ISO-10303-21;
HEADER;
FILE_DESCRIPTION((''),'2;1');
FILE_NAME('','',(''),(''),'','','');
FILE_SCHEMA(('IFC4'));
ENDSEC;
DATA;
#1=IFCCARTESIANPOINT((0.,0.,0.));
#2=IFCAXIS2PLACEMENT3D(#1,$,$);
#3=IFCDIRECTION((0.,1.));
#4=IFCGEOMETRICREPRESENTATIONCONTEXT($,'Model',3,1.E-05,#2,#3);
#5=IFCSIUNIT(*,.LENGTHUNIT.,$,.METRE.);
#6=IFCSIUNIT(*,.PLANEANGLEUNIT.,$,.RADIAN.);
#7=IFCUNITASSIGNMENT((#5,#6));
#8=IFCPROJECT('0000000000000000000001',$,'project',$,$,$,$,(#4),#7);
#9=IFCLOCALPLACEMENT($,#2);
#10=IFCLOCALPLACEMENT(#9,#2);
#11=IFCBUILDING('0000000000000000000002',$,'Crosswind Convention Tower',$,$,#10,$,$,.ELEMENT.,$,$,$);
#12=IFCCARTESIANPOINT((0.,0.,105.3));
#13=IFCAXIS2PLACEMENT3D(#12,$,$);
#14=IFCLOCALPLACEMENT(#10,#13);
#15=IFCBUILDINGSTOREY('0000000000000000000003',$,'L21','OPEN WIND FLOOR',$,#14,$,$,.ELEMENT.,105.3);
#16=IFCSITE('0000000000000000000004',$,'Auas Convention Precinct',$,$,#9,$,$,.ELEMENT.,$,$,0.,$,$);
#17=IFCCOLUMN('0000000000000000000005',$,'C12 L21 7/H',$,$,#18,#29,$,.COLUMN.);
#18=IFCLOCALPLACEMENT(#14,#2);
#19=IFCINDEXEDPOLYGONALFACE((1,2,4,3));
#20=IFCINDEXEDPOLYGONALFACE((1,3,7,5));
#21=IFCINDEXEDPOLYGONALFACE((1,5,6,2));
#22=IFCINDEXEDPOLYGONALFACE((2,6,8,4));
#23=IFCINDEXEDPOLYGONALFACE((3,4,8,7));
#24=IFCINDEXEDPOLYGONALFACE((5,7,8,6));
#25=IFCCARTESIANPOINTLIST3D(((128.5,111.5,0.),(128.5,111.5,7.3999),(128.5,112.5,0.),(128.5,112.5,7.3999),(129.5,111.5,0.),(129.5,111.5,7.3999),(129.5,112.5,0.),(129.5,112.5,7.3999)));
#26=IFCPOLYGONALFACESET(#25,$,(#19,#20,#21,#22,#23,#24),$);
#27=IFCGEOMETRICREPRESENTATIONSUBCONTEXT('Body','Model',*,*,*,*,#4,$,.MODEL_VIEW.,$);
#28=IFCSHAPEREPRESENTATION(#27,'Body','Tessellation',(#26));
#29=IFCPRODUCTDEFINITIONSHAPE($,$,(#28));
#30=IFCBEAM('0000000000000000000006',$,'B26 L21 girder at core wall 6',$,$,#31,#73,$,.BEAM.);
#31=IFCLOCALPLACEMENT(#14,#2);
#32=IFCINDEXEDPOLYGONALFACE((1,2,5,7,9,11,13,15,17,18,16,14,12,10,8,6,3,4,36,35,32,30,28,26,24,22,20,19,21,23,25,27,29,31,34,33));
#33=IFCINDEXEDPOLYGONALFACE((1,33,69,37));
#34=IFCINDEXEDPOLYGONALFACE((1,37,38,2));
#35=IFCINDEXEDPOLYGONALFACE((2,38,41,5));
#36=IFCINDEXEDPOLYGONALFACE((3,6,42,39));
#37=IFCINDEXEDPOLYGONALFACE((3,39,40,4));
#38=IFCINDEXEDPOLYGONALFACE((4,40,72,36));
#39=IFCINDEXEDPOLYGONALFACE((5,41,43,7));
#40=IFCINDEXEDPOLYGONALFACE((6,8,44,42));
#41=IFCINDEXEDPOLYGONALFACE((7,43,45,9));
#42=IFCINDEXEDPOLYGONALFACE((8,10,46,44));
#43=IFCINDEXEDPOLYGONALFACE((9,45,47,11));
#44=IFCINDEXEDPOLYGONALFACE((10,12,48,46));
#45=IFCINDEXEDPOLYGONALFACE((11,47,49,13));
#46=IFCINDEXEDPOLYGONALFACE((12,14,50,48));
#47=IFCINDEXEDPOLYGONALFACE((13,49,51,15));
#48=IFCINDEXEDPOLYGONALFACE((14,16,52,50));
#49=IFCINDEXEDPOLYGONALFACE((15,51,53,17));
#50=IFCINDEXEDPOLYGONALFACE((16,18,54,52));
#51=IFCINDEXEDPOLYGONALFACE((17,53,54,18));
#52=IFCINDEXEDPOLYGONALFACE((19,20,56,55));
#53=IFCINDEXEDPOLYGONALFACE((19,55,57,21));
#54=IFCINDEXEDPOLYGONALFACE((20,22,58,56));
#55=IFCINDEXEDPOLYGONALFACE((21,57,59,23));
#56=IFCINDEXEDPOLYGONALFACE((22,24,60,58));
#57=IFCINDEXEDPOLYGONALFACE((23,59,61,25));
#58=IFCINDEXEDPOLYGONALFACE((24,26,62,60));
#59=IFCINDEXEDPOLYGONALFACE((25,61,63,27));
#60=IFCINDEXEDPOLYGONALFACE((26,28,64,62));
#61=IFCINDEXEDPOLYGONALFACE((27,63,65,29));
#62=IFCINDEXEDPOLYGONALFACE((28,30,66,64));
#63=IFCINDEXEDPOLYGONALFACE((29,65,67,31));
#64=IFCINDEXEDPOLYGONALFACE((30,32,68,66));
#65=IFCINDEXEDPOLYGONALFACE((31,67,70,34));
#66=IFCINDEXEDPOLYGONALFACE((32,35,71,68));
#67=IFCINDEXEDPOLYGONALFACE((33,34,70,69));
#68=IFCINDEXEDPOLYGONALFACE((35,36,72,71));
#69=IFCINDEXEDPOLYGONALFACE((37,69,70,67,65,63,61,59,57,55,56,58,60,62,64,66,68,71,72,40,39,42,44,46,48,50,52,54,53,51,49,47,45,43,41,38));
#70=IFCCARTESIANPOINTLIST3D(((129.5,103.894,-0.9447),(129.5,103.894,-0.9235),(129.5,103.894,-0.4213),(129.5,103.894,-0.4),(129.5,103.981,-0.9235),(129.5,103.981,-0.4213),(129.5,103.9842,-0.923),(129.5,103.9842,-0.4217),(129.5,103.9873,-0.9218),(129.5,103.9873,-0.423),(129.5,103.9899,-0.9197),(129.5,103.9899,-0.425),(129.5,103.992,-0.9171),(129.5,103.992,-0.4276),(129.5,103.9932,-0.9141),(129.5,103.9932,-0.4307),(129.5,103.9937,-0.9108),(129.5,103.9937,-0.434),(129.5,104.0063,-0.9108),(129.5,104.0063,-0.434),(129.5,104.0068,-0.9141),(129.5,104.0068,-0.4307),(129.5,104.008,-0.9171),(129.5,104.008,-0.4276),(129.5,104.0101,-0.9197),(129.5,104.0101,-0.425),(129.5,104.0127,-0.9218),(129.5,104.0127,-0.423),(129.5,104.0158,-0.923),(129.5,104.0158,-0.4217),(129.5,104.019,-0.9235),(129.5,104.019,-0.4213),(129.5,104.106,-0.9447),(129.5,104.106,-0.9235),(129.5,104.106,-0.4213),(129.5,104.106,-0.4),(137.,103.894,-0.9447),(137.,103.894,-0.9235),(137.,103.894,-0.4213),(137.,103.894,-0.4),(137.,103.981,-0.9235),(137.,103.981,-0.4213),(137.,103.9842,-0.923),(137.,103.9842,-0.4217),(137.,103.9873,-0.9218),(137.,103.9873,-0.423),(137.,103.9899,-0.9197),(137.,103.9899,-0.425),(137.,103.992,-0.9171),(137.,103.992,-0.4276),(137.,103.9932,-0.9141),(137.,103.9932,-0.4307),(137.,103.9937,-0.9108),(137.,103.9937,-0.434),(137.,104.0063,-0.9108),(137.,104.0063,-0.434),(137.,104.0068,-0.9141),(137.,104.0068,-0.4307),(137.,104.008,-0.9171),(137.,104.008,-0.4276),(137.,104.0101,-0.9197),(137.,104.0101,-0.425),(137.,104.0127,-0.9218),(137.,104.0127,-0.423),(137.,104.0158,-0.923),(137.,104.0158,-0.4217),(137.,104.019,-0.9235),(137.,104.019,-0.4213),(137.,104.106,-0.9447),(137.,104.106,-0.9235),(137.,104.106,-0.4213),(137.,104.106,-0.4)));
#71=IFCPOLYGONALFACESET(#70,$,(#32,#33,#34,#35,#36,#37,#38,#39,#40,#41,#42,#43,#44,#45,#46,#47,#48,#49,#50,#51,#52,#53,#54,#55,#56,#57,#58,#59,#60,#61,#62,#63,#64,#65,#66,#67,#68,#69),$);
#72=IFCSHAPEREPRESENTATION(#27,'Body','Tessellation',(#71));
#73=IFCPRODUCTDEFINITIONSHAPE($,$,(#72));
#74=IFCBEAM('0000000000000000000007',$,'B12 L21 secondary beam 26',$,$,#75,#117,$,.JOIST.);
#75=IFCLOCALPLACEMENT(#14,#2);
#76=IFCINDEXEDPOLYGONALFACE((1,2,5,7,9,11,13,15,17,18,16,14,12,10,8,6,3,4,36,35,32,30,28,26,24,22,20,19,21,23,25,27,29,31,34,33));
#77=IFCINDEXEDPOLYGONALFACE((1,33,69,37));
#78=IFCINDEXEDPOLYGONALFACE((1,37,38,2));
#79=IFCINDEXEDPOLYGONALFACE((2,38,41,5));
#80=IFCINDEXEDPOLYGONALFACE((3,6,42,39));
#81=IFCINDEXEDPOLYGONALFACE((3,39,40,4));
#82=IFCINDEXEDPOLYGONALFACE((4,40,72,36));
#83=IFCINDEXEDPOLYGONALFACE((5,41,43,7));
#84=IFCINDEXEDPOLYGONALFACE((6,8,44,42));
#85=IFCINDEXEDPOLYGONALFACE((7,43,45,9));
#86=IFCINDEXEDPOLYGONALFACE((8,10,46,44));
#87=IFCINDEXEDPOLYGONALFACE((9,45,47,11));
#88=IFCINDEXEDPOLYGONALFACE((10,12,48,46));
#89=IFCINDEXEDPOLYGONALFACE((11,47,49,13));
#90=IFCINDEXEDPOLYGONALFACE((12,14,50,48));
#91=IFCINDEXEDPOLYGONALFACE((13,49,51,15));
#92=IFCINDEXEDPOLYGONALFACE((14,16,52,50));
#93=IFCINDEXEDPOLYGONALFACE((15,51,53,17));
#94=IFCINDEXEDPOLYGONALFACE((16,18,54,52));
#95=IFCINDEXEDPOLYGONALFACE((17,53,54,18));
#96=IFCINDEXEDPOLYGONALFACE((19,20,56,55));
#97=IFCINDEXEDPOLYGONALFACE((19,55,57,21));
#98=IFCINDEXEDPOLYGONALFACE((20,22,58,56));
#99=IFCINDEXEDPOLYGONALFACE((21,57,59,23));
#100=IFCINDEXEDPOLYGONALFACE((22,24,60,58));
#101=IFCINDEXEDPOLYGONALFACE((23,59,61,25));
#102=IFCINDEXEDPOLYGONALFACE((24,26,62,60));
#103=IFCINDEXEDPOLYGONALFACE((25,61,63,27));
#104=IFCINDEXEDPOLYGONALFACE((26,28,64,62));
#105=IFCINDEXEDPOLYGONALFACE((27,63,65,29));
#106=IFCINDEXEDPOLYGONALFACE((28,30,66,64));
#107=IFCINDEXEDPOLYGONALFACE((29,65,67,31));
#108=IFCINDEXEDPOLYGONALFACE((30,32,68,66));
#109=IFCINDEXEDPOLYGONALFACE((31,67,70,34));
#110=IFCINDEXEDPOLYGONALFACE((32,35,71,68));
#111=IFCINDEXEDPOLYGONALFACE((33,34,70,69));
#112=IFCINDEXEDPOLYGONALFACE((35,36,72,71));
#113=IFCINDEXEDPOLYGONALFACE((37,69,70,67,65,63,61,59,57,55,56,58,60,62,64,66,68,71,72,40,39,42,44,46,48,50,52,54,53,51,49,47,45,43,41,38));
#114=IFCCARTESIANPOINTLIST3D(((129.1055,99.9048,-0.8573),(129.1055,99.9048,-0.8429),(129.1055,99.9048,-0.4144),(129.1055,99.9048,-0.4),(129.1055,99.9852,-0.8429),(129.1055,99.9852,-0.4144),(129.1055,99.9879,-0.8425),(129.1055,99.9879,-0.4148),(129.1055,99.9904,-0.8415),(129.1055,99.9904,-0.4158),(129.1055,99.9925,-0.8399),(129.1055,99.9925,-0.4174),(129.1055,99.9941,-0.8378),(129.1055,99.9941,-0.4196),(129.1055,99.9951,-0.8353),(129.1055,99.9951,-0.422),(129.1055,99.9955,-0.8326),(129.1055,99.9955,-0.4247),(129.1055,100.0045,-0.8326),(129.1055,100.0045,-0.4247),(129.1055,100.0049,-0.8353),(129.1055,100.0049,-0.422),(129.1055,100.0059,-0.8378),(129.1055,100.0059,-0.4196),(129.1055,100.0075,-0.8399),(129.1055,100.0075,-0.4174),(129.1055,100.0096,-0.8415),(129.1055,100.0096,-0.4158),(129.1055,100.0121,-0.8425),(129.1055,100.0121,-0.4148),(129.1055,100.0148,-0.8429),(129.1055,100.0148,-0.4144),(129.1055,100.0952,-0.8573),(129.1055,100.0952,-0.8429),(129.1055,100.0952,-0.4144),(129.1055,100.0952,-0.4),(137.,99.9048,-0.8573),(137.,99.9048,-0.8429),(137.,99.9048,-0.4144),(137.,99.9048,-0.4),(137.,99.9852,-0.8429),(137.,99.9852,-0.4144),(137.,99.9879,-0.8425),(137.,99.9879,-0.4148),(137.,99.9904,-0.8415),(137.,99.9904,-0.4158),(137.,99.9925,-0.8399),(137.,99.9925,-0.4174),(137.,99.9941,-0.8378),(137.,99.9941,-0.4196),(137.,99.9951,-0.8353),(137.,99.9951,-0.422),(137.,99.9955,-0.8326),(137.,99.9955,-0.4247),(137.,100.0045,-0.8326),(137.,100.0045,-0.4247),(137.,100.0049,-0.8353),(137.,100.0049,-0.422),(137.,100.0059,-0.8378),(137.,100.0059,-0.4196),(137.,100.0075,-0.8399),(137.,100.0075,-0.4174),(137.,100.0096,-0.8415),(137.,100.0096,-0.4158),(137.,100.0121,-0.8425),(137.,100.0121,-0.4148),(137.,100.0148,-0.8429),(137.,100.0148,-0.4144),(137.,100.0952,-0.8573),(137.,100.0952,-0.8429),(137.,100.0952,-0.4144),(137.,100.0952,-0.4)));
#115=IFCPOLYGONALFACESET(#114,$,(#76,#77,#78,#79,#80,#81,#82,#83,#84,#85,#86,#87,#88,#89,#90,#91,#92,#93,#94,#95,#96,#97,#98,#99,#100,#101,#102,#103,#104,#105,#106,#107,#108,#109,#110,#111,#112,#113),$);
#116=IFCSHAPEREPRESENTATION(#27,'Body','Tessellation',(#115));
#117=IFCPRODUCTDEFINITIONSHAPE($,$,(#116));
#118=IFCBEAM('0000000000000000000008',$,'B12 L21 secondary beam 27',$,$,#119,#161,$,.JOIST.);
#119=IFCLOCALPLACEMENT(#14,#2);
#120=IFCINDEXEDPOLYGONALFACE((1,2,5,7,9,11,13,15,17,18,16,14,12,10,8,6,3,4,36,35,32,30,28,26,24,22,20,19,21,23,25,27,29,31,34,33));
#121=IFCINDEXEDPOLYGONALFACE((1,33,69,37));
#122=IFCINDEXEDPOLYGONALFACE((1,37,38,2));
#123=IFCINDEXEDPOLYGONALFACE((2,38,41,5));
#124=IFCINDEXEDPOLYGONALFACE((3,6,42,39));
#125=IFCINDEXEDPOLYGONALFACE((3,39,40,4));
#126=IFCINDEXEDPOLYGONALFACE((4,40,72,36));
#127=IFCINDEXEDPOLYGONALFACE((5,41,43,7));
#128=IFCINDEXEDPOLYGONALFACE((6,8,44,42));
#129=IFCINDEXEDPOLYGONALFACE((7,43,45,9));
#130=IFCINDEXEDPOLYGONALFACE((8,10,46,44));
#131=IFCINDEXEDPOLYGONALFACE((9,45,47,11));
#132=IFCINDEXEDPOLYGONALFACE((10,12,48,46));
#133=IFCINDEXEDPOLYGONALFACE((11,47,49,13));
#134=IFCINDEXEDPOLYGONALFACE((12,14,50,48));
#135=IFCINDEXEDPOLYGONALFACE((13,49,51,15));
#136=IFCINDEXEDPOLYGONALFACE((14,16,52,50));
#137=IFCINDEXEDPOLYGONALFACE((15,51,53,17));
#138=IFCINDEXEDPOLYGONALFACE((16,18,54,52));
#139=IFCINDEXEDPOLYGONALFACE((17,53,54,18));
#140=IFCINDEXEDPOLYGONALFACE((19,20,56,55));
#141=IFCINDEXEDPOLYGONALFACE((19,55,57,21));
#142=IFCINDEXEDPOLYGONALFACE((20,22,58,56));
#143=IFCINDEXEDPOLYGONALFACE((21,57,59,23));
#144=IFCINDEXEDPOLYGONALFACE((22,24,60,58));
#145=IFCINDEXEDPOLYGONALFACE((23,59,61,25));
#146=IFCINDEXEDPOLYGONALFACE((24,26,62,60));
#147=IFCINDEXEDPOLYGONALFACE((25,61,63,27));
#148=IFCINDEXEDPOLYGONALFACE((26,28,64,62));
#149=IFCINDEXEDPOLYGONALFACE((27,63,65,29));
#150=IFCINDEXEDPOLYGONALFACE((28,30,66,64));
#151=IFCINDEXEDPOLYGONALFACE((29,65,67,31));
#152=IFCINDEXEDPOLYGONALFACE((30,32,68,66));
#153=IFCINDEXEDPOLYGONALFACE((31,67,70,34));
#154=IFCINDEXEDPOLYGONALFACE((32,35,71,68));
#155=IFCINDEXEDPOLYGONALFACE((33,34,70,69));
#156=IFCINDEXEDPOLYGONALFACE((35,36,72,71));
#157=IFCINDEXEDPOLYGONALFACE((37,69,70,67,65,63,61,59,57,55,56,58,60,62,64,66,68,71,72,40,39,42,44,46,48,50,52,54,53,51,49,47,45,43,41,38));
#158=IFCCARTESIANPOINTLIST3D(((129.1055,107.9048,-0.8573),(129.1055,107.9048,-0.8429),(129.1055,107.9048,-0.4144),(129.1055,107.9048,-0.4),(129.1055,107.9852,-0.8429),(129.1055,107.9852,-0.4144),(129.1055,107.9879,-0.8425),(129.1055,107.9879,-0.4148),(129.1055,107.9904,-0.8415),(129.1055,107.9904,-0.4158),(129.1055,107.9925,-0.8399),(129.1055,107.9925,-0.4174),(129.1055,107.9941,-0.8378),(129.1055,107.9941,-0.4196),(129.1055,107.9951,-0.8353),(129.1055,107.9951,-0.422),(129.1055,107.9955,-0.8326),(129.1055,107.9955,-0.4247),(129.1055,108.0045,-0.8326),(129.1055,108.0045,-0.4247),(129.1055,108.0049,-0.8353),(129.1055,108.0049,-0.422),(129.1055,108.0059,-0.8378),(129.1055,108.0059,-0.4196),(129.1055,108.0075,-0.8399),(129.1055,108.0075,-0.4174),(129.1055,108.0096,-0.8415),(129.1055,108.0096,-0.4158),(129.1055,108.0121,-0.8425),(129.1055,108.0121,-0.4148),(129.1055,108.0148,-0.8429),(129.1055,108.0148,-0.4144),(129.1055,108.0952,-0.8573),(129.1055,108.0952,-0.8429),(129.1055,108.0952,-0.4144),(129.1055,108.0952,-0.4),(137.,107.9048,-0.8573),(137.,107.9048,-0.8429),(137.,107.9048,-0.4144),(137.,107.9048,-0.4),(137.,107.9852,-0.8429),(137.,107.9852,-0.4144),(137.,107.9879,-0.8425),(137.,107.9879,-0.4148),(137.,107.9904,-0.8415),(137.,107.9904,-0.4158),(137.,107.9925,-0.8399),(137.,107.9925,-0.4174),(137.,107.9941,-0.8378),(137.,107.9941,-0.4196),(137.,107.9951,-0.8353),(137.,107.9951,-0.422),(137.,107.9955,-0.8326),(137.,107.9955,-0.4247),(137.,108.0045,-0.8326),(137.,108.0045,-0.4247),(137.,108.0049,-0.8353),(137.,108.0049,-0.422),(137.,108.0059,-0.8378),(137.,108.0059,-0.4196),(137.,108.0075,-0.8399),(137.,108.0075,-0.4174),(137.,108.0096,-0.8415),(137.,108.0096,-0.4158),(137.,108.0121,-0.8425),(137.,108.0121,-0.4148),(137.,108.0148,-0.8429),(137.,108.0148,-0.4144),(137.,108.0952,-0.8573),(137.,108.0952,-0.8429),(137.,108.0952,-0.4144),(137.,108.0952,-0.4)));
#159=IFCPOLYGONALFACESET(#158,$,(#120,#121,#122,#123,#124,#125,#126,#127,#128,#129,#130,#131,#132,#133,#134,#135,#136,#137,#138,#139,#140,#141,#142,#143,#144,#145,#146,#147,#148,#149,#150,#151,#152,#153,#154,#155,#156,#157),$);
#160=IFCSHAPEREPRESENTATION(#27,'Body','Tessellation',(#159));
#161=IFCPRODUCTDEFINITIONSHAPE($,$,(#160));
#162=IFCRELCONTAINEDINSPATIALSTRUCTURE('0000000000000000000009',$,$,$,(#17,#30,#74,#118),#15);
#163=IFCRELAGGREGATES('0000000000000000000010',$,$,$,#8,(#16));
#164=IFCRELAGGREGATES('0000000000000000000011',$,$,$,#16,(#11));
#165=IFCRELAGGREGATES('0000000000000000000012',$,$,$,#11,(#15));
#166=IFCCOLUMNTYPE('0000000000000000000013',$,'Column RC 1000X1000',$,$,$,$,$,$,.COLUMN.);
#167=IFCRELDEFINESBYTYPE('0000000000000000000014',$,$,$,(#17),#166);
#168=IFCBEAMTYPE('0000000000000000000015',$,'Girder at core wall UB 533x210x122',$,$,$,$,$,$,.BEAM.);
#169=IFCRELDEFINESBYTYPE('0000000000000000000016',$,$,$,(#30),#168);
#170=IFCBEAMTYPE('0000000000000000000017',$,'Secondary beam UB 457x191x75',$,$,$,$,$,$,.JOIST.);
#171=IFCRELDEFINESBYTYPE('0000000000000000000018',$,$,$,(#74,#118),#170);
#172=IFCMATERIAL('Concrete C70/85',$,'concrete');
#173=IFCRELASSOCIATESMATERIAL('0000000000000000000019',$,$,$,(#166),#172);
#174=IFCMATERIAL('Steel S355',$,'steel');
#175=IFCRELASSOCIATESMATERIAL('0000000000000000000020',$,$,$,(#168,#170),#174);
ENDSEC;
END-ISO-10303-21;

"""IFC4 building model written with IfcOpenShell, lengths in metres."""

from ifc_helpers import new_model, si_unit, direction, frame, origin, origin_2d, place, context, subcontext, project, spatial, rectangle, i_section, extrude, material, material_profile, profile_set, type_object, element, save


model = new_model("IFC4")

# Units and contexts
model_context = context("Model", 3, precision=1e-05, world=origin(), true_north=direction((0.0, 1.0)))
body_context = subcontext(model_context, "Body", "Model", "MODEL_VIEW")
ifc_project = project(units=[si_unit("LENGTHUNIT", "METRE"), si_unit("PLANEANGLEUNIT", "RADIAN")], contexts=[model_context])

# Site, building, storey
site_placement = place(None, origin())
site = spatial("IfcSite", under=ifc_project, at=site_placement, Name="Auas Convention Precinct", CompositionType="ELEMENT", RefElevation=0.0)
building_placement = place(site_placement, origin())
building = spatial("IfcBuilding", under=site, at=building_placement, Name="Crosswind Convention Tower", CompositionType="ELEMENT")
storey_placement = place(building_placement, frame((0.0, 0.0, 105.3)))
storey = spatial("IfcBuildingStorey", under=building, at=storey_placement, Name="L21", Description="OPEN WIND FLOOR", CompositionType="ELEMENT", Elevation=105.3)

# Column
ifc_material_1 = material(Name="Concrete C70/85", Category="concrete")
ifc_material_profile_1 = material_profile(ifc_material_1, rectangle(XDim=1.0, YDim=1.0, at=origin_2d()), Name="RC 1000X1000")
ifc_profile_set_1 = profile_set([ifc_material_profile_1], Name="Concrete C70/85")
column_type = type_object("IfcColumnType", Name="Column RC 1000X1000", PredefinedType="COLUMN", material=ifc_profile_set_1)
column_placement = place(storey_placement, frame((129.0, 112.0, 0.0), z_axis=(0.0, 0.0, 1.0), x_axis=(1.0, 0.0, 0.0)))
element("IfcColumn", 1, at=column_placement, inside=storey, type_object=column_type, Name="C12 L21 7/H", PredefinedType="COLUMN", context=body_context, shape_type="SweptSolid", body=[
    extrude(rectangle(XDim=1.0, YDim=1.0, at=origin_2d()), origin(), (0.0, 0.0, 1.0), 7.3999),
])

# Beams
ifc_material_2 = material(Name="Steel S355", Category="steel")
ifc_material_profile_2 = material_profile(ifc_material_2, i_section(OverallWidth=0.2119, OverallDepth=0.5447, WebThickness=0.0127, FlangeThickness=0.0212, FilletRadius=0.0127, at=origin_2d()), Name="UB 533x210x122")
ifc_profile_set_2 = profile_set([ifc_material_profile_2], Name="Steel S355")
beam_type_1 = type_object("IfcBeamType", Name="Girder at core wall UB 533x210x122", PredefinedType="BEAM", material=ifc_profile_set_2)
beam_placement = place(storey_placement, frame((129.5, 104.0, -0.6724), z_axis=(1.0, 0.0, 0.0), x_axis=(0.0, 1.0, 0.0)))
element("IfcBeam", 2, at=beam_placement, inside=storey, type_object=beam_type_1, Name="B26 L21 girder at core wall 6", PredefinedType="BEAM", context=body_context, shape_type="SweptSolid", body=[
    extrude(i_section(OverallWidth=0.2119, OverallDepth=0.5447, WebThickness=0.0127, FlangeThickness=0.0212, FilletRadius=0.0127, at=origin_2d()), origin(), (0.0, 0.0, 1.0), 7.5),
])
ifc_material_profile_3 = material_profile(ifc_material_2, i_section(OverallWidth=0.1904, OverallDepth=0.4573, WebThickness=0.009, FlangeThickness=0.0144, FilletRadius=0.0103, at=origin_2d()), Name="UB 457x191x75")
ifc_profile_set_3 = profile_set([ifc_material_profile_3], Name="Steel S355")
beam_type_2 = type_object("IfcBeamType", Name="Secondary beam UB 457x191x75", PredefinedType="JOIST", material=ifc_profile_set_3)
for number, where, z_axis, x_axis, name in (
    (3, (129.1055, 100.0, -0.6287), (1.0, 0.0, 0.0), (0.0, 1.0, 0.0), "B12 L21 secondary beam 26"),
    (4, (129.1055, 108.0, -0.6287), (1.0, 0.0, 0.0), (0.0, 1.0, 0.0), "B12 L21 secondary beam 27"),
):
    element("IfcBeam", number, at=place(storey_placement, frame(where, z_axis=z_axis, x_axis=x_axis)), inside=storey, type_object=beam_type_2, Name=name, PredefinedType="JOIST", context=body_context, shape_type="SweptSolid", body=[
        extrude(i_section(OverallWidth=0.1904, OverallDepth=0.4573, WebThickness=0.009, FlangeThickness=0.0144, FilletRadius=0.0103, at=origin_2d()), origin(), (0.0, 0.0, 1.0), 7.8945),
    ])

save(model, "model.ifc")
